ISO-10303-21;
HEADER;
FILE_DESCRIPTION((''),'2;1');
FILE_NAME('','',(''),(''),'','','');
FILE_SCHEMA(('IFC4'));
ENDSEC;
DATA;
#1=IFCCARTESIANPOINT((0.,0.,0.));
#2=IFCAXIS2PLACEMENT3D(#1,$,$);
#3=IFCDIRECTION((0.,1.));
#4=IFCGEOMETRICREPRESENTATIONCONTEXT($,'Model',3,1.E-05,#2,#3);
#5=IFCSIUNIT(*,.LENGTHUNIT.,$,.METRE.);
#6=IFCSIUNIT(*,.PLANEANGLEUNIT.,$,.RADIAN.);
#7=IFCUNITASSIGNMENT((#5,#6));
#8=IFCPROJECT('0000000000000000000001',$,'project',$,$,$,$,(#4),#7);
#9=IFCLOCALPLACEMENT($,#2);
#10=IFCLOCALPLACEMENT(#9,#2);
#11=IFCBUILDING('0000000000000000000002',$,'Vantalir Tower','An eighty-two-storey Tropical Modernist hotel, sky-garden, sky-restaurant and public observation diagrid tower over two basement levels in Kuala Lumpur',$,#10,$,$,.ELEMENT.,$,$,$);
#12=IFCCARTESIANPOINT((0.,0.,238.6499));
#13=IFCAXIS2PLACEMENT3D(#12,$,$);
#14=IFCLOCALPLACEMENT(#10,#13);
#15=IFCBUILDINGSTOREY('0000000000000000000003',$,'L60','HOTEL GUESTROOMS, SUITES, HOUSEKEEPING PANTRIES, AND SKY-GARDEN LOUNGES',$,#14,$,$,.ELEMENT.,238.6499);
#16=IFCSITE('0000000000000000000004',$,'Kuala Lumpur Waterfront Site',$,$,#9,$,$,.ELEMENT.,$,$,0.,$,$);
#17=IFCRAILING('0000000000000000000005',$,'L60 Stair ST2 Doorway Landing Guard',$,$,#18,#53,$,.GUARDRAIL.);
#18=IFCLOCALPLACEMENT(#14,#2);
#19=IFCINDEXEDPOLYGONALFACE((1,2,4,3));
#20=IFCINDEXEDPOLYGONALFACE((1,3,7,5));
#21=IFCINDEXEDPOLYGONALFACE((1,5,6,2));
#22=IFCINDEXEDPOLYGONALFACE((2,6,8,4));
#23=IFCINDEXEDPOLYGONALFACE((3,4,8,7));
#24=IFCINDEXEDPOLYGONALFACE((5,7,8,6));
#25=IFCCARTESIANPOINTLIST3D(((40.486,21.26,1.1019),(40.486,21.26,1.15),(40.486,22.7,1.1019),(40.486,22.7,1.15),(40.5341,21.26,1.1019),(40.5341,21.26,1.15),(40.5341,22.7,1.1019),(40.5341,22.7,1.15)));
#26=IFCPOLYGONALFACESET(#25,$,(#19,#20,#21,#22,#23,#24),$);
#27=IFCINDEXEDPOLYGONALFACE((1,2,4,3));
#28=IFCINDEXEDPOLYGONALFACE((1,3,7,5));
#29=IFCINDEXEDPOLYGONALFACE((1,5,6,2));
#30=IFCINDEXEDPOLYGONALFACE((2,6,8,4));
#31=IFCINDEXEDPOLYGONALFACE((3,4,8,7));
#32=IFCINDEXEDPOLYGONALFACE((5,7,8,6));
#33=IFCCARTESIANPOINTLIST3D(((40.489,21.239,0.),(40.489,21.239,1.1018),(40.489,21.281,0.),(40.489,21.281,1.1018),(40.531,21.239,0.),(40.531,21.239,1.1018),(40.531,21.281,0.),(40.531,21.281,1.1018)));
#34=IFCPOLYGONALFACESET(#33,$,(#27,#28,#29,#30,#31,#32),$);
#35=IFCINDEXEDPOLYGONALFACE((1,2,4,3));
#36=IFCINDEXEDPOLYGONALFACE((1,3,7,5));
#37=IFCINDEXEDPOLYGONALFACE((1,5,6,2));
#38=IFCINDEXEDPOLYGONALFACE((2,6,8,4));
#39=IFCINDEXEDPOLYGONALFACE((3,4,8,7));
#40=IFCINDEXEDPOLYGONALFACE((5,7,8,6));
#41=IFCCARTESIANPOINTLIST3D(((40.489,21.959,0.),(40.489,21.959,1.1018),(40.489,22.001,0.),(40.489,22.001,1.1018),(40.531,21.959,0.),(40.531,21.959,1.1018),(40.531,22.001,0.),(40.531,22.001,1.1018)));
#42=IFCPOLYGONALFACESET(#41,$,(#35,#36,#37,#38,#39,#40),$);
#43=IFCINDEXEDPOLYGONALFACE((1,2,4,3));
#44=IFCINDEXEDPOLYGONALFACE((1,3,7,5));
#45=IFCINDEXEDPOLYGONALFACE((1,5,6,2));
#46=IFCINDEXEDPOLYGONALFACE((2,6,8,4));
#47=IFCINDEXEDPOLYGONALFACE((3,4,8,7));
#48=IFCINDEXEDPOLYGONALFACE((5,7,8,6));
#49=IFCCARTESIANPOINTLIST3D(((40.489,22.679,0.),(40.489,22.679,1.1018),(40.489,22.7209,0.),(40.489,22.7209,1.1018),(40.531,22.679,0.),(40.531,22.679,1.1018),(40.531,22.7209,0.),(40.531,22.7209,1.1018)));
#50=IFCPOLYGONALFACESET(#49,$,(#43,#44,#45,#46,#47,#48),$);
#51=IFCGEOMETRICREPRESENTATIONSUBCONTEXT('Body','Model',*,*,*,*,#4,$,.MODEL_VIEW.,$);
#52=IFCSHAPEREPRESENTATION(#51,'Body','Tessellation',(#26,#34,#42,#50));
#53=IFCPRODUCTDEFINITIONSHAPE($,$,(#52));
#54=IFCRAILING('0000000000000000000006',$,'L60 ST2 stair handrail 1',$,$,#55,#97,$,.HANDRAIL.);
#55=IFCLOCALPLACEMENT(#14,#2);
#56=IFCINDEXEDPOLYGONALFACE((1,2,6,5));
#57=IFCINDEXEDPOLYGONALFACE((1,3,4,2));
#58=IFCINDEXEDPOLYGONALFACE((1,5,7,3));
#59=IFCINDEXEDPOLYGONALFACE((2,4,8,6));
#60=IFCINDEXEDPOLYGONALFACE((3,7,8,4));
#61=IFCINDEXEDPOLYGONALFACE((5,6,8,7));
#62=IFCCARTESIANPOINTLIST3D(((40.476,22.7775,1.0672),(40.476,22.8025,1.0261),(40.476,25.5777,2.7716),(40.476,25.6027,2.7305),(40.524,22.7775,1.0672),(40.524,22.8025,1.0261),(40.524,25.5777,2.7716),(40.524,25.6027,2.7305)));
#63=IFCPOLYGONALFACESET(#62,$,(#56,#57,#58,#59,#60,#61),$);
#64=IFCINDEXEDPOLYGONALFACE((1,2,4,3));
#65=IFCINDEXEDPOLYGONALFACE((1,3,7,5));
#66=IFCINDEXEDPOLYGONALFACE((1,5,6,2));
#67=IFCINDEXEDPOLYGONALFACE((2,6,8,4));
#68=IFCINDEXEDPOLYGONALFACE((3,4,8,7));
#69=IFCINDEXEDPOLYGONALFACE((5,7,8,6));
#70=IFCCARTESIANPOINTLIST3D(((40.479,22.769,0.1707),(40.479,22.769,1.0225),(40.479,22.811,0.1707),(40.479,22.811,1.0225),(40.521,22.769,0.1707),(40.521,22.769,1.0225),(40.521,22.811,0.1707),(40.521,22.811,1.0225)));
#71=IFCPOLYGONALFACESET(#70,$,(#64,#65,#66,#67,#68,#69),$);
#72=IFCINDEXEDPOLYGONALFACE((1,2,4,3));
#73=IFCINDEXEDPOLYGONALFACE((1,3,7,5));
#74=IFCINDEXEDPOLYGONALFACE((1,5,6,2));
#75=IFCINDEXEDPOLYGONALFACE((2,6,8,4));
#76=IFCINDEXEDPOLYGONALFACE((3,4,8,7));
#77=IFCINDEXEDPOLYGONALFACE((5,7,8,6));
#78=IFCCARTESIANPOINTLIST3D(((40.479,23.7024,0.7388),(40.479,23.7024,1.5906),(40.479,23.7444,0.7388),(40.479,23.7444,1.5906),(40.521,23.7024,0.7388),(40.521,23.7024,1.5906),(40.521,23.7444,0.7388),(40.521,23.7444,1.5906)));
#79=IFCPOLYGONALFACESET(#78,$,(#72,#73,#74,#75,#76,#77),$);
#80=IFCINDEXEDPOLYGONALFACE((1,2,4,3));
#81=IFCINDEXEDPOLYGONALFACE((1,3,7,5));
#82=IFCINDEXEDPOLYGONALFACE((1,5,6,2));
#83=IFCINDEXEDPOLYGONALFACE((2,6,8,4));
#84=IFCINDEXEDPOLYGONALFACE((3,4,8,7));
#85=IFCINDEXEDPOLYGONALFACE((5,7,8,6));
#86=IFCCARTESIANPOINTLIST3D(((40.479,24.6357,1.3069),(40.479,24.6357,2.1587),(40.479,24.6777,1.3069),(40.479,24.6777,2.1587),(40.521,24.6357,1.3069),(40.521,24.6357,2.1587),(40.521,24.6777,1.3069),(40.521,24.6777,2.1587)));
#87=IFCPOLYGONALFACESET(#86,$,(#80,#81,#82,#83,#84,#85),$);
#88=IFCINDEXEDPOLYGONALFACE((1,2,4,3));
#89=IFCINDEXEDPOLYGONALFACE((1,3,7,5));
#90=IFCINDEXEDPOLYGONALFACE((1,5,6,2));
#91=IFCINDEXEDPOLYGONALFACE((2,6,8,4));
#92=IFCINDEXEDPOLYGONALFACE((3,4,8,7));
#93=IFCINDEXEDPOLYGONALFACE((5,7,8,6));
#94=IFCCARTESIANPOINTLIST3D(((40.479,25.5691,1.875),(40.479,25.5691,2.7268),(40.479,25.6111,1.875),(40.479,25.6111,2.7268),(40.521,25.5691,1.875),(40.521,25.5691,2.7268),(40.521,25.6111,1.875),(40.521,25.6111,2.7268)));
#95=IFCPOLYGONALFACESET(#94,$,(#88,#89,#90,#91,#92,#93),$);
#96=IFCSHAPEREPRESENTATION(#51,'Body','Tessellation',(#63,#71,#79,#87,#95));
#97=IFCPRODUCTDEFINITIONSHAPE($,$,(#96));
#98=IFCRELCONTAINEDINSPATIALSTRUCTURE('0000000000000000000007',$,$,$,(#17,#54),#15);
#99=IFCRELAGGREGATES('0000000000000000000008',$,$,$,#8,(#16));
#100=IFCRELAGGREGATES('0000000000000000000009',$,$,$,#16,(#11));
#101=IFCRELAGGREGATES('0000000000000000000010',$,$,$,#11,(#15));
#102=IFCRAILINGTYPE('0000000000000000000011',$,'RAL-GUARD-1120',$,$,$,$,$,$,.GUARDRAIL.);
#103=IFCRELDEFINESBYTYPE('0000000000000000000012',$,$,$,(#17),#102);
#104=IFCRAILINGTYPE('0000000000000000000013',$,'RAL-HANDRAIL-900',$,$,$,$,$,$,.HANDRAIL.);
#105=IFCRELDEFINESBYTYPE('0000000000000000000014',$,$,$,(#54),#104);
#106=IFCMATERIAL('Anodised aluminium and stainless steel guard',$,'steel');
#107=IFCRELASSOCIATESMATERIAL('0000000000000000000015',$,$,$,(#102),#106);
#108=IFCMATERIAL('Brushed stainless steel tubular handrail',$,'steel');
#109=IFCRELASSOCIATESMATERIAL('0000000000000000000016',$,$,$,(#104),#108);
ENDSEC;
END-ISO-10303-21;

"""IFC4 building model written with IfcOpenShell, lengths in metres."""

from ifc_helpers import new_model, si_unit, direction, frame, origin, origin_2d, place, context, subcontext, project, spatial, rectangle, extrude, material, type_object, element, save


model = new_model("IFC4")

# Units and contexts
model_context = context("Model", 3, precision=1e-05, world=origin(), true_north=direction((0.0, 1.0)))
body_context = subcontext(model_context, "Body", "Model", "MODEL_VIEW")
ifc_project = project(units=[si_unit("LENGTHUNIT", "METRE"), si_unit("PLANEANGLEUNIT", "RADIAN")], contexts=[model_context])

# Site, building, storey
site_placement = place(None, origin())
site = spatial("IfcSite", under=ifc_project, at=site_placement, Name="Kuala Lumpur Waterfront Site", CompositionType="ELEMENT", RefElevation=0.0)
building_placement = place(site_placement, origin())
building = spatial("IfcBuilding", under=site, at=building_placement, Name="Vantalir Tower", Description="An eighty-two-storey Tropical Modernist hotel, sky-garden, sky-restaurant and public observation diagrid tower over two basement levels in Kuala Lumpur", CompositionType="ELEMENT")
storey_placement = place(building_placement, frame((0.0, 0.0, 238.6499)))
storey = spatial("IfcBuildingStorey", under=building, at=storey_placement, Name="L60", Description="HOTEL GUESTROOMS, SUITES, HOUSEKEEPING PANTRIES, AND SKY-GARDEN LOUNGES", CompositionType="ELEMENT", Elevation=238.6499)

# Railings
ifc_material_1 = material(Name="Anodised aluminium and stainless steel guard", Category="steel")
railing_type_1 = type_object("IfcRailingType", Name="RAL-GUARD-1120", PredefinedType="GUARDRAIL", material=ifc_material_1)
railing_1_placement = place(storey_placement, frame((40.51, 21.26, 0.0)))
element("IfcRailing", 1, at=railing_1_placement, inside=storey, type_object=railing_type_1, Name="L60 Stair ST2 Doorway Landing Guard", PredefinedType="GUARDRAIL", context=body_context, shape_type="SweptSolid", body=[
    extrude(rectangle(XDim=0.0481, YDim=0.0481, at=origin_2d()), frame((0.0, 0.0, 1.126), z_axis=(0.0, 1.0, 0.0), x_axis=(-1.0, 0.0, 0.0)), (0.0, 0.0, 1.0), 1.4399),
    extrude(rectangle(XDim=0.042, YDim=0.042, at=origin_2d()), origin(), (0.0, 0.0, 1.0), 1.1018),
    extrude(rectangle(XDim=0.042, YDim=0.042, at=origin_2d()), frame((0.0, 0.72, 0.0)), (0.0, 0.0, 1.0), 1.1018),
    extrude(rectangle(XDim=0.042, YDim=0.042, at=origin_2d()), frame((0.0, 1.4399, 0.0)), (0.0, 0.0, 1.0), 1.1018),
])
ifc_material_2 = material(Name="Brushed stainless steel tubular handrail", Category="steel")
railing_type_2 = type_object("IfcRailingType", Name="RAL-HANDRAIL-900", PredefinedType="HANDRAIL", material=ifc_material_2)
railing_2_placement = place(storey_placement, frame((40.5, 22.79, 0.1707)))
element("IfcRailing", 2, at=railing_2_placement, inside=storey, type_object=railing_type_2, Name="L60 ST2 stair handrail 1", PredefinedType="HANDRAIL", context=body_context, shape_type="SweptSolid", body=[
    extrude(rectangle(XDim=0.0481, YDim=0.0481, at=origin_2d()), frame((0.0, 0.0, 0.876), z_axis=(0.0, 0.854203, 0.51994), x_axis=(-1.0, 0.0, 0.0)), (0.0, 0.0, 1.0), 3.2781),
    extrude(rectangle(XDim=0.042, YDim=0.042, at=origin_2d()), origin(), (0.0, 0.0, 1.0), 0.8518),
    extrude(rectangle(XDim=0.042, YDim=0.042, at=origin_2d()), frame((0.0, 0.9333, 0.5681)), (0.0, 0.0, 1.0), 0.8518),
    extrude(rectangle(XDim=0.042, YDim=0.042, at=origin_2d()), frame((0.0, 1.8667, 1.1362)), (0.0, 0.0, 1.0), 0.8518),
    extrude(rectangle(XDim=0.042, YDim=0.042, at=origin_2d()), frame((0.0, 2.8, 1.7043)), (0.0, 0.0, 1.0), 0.8518),
])

save(model, "model.ifc")
